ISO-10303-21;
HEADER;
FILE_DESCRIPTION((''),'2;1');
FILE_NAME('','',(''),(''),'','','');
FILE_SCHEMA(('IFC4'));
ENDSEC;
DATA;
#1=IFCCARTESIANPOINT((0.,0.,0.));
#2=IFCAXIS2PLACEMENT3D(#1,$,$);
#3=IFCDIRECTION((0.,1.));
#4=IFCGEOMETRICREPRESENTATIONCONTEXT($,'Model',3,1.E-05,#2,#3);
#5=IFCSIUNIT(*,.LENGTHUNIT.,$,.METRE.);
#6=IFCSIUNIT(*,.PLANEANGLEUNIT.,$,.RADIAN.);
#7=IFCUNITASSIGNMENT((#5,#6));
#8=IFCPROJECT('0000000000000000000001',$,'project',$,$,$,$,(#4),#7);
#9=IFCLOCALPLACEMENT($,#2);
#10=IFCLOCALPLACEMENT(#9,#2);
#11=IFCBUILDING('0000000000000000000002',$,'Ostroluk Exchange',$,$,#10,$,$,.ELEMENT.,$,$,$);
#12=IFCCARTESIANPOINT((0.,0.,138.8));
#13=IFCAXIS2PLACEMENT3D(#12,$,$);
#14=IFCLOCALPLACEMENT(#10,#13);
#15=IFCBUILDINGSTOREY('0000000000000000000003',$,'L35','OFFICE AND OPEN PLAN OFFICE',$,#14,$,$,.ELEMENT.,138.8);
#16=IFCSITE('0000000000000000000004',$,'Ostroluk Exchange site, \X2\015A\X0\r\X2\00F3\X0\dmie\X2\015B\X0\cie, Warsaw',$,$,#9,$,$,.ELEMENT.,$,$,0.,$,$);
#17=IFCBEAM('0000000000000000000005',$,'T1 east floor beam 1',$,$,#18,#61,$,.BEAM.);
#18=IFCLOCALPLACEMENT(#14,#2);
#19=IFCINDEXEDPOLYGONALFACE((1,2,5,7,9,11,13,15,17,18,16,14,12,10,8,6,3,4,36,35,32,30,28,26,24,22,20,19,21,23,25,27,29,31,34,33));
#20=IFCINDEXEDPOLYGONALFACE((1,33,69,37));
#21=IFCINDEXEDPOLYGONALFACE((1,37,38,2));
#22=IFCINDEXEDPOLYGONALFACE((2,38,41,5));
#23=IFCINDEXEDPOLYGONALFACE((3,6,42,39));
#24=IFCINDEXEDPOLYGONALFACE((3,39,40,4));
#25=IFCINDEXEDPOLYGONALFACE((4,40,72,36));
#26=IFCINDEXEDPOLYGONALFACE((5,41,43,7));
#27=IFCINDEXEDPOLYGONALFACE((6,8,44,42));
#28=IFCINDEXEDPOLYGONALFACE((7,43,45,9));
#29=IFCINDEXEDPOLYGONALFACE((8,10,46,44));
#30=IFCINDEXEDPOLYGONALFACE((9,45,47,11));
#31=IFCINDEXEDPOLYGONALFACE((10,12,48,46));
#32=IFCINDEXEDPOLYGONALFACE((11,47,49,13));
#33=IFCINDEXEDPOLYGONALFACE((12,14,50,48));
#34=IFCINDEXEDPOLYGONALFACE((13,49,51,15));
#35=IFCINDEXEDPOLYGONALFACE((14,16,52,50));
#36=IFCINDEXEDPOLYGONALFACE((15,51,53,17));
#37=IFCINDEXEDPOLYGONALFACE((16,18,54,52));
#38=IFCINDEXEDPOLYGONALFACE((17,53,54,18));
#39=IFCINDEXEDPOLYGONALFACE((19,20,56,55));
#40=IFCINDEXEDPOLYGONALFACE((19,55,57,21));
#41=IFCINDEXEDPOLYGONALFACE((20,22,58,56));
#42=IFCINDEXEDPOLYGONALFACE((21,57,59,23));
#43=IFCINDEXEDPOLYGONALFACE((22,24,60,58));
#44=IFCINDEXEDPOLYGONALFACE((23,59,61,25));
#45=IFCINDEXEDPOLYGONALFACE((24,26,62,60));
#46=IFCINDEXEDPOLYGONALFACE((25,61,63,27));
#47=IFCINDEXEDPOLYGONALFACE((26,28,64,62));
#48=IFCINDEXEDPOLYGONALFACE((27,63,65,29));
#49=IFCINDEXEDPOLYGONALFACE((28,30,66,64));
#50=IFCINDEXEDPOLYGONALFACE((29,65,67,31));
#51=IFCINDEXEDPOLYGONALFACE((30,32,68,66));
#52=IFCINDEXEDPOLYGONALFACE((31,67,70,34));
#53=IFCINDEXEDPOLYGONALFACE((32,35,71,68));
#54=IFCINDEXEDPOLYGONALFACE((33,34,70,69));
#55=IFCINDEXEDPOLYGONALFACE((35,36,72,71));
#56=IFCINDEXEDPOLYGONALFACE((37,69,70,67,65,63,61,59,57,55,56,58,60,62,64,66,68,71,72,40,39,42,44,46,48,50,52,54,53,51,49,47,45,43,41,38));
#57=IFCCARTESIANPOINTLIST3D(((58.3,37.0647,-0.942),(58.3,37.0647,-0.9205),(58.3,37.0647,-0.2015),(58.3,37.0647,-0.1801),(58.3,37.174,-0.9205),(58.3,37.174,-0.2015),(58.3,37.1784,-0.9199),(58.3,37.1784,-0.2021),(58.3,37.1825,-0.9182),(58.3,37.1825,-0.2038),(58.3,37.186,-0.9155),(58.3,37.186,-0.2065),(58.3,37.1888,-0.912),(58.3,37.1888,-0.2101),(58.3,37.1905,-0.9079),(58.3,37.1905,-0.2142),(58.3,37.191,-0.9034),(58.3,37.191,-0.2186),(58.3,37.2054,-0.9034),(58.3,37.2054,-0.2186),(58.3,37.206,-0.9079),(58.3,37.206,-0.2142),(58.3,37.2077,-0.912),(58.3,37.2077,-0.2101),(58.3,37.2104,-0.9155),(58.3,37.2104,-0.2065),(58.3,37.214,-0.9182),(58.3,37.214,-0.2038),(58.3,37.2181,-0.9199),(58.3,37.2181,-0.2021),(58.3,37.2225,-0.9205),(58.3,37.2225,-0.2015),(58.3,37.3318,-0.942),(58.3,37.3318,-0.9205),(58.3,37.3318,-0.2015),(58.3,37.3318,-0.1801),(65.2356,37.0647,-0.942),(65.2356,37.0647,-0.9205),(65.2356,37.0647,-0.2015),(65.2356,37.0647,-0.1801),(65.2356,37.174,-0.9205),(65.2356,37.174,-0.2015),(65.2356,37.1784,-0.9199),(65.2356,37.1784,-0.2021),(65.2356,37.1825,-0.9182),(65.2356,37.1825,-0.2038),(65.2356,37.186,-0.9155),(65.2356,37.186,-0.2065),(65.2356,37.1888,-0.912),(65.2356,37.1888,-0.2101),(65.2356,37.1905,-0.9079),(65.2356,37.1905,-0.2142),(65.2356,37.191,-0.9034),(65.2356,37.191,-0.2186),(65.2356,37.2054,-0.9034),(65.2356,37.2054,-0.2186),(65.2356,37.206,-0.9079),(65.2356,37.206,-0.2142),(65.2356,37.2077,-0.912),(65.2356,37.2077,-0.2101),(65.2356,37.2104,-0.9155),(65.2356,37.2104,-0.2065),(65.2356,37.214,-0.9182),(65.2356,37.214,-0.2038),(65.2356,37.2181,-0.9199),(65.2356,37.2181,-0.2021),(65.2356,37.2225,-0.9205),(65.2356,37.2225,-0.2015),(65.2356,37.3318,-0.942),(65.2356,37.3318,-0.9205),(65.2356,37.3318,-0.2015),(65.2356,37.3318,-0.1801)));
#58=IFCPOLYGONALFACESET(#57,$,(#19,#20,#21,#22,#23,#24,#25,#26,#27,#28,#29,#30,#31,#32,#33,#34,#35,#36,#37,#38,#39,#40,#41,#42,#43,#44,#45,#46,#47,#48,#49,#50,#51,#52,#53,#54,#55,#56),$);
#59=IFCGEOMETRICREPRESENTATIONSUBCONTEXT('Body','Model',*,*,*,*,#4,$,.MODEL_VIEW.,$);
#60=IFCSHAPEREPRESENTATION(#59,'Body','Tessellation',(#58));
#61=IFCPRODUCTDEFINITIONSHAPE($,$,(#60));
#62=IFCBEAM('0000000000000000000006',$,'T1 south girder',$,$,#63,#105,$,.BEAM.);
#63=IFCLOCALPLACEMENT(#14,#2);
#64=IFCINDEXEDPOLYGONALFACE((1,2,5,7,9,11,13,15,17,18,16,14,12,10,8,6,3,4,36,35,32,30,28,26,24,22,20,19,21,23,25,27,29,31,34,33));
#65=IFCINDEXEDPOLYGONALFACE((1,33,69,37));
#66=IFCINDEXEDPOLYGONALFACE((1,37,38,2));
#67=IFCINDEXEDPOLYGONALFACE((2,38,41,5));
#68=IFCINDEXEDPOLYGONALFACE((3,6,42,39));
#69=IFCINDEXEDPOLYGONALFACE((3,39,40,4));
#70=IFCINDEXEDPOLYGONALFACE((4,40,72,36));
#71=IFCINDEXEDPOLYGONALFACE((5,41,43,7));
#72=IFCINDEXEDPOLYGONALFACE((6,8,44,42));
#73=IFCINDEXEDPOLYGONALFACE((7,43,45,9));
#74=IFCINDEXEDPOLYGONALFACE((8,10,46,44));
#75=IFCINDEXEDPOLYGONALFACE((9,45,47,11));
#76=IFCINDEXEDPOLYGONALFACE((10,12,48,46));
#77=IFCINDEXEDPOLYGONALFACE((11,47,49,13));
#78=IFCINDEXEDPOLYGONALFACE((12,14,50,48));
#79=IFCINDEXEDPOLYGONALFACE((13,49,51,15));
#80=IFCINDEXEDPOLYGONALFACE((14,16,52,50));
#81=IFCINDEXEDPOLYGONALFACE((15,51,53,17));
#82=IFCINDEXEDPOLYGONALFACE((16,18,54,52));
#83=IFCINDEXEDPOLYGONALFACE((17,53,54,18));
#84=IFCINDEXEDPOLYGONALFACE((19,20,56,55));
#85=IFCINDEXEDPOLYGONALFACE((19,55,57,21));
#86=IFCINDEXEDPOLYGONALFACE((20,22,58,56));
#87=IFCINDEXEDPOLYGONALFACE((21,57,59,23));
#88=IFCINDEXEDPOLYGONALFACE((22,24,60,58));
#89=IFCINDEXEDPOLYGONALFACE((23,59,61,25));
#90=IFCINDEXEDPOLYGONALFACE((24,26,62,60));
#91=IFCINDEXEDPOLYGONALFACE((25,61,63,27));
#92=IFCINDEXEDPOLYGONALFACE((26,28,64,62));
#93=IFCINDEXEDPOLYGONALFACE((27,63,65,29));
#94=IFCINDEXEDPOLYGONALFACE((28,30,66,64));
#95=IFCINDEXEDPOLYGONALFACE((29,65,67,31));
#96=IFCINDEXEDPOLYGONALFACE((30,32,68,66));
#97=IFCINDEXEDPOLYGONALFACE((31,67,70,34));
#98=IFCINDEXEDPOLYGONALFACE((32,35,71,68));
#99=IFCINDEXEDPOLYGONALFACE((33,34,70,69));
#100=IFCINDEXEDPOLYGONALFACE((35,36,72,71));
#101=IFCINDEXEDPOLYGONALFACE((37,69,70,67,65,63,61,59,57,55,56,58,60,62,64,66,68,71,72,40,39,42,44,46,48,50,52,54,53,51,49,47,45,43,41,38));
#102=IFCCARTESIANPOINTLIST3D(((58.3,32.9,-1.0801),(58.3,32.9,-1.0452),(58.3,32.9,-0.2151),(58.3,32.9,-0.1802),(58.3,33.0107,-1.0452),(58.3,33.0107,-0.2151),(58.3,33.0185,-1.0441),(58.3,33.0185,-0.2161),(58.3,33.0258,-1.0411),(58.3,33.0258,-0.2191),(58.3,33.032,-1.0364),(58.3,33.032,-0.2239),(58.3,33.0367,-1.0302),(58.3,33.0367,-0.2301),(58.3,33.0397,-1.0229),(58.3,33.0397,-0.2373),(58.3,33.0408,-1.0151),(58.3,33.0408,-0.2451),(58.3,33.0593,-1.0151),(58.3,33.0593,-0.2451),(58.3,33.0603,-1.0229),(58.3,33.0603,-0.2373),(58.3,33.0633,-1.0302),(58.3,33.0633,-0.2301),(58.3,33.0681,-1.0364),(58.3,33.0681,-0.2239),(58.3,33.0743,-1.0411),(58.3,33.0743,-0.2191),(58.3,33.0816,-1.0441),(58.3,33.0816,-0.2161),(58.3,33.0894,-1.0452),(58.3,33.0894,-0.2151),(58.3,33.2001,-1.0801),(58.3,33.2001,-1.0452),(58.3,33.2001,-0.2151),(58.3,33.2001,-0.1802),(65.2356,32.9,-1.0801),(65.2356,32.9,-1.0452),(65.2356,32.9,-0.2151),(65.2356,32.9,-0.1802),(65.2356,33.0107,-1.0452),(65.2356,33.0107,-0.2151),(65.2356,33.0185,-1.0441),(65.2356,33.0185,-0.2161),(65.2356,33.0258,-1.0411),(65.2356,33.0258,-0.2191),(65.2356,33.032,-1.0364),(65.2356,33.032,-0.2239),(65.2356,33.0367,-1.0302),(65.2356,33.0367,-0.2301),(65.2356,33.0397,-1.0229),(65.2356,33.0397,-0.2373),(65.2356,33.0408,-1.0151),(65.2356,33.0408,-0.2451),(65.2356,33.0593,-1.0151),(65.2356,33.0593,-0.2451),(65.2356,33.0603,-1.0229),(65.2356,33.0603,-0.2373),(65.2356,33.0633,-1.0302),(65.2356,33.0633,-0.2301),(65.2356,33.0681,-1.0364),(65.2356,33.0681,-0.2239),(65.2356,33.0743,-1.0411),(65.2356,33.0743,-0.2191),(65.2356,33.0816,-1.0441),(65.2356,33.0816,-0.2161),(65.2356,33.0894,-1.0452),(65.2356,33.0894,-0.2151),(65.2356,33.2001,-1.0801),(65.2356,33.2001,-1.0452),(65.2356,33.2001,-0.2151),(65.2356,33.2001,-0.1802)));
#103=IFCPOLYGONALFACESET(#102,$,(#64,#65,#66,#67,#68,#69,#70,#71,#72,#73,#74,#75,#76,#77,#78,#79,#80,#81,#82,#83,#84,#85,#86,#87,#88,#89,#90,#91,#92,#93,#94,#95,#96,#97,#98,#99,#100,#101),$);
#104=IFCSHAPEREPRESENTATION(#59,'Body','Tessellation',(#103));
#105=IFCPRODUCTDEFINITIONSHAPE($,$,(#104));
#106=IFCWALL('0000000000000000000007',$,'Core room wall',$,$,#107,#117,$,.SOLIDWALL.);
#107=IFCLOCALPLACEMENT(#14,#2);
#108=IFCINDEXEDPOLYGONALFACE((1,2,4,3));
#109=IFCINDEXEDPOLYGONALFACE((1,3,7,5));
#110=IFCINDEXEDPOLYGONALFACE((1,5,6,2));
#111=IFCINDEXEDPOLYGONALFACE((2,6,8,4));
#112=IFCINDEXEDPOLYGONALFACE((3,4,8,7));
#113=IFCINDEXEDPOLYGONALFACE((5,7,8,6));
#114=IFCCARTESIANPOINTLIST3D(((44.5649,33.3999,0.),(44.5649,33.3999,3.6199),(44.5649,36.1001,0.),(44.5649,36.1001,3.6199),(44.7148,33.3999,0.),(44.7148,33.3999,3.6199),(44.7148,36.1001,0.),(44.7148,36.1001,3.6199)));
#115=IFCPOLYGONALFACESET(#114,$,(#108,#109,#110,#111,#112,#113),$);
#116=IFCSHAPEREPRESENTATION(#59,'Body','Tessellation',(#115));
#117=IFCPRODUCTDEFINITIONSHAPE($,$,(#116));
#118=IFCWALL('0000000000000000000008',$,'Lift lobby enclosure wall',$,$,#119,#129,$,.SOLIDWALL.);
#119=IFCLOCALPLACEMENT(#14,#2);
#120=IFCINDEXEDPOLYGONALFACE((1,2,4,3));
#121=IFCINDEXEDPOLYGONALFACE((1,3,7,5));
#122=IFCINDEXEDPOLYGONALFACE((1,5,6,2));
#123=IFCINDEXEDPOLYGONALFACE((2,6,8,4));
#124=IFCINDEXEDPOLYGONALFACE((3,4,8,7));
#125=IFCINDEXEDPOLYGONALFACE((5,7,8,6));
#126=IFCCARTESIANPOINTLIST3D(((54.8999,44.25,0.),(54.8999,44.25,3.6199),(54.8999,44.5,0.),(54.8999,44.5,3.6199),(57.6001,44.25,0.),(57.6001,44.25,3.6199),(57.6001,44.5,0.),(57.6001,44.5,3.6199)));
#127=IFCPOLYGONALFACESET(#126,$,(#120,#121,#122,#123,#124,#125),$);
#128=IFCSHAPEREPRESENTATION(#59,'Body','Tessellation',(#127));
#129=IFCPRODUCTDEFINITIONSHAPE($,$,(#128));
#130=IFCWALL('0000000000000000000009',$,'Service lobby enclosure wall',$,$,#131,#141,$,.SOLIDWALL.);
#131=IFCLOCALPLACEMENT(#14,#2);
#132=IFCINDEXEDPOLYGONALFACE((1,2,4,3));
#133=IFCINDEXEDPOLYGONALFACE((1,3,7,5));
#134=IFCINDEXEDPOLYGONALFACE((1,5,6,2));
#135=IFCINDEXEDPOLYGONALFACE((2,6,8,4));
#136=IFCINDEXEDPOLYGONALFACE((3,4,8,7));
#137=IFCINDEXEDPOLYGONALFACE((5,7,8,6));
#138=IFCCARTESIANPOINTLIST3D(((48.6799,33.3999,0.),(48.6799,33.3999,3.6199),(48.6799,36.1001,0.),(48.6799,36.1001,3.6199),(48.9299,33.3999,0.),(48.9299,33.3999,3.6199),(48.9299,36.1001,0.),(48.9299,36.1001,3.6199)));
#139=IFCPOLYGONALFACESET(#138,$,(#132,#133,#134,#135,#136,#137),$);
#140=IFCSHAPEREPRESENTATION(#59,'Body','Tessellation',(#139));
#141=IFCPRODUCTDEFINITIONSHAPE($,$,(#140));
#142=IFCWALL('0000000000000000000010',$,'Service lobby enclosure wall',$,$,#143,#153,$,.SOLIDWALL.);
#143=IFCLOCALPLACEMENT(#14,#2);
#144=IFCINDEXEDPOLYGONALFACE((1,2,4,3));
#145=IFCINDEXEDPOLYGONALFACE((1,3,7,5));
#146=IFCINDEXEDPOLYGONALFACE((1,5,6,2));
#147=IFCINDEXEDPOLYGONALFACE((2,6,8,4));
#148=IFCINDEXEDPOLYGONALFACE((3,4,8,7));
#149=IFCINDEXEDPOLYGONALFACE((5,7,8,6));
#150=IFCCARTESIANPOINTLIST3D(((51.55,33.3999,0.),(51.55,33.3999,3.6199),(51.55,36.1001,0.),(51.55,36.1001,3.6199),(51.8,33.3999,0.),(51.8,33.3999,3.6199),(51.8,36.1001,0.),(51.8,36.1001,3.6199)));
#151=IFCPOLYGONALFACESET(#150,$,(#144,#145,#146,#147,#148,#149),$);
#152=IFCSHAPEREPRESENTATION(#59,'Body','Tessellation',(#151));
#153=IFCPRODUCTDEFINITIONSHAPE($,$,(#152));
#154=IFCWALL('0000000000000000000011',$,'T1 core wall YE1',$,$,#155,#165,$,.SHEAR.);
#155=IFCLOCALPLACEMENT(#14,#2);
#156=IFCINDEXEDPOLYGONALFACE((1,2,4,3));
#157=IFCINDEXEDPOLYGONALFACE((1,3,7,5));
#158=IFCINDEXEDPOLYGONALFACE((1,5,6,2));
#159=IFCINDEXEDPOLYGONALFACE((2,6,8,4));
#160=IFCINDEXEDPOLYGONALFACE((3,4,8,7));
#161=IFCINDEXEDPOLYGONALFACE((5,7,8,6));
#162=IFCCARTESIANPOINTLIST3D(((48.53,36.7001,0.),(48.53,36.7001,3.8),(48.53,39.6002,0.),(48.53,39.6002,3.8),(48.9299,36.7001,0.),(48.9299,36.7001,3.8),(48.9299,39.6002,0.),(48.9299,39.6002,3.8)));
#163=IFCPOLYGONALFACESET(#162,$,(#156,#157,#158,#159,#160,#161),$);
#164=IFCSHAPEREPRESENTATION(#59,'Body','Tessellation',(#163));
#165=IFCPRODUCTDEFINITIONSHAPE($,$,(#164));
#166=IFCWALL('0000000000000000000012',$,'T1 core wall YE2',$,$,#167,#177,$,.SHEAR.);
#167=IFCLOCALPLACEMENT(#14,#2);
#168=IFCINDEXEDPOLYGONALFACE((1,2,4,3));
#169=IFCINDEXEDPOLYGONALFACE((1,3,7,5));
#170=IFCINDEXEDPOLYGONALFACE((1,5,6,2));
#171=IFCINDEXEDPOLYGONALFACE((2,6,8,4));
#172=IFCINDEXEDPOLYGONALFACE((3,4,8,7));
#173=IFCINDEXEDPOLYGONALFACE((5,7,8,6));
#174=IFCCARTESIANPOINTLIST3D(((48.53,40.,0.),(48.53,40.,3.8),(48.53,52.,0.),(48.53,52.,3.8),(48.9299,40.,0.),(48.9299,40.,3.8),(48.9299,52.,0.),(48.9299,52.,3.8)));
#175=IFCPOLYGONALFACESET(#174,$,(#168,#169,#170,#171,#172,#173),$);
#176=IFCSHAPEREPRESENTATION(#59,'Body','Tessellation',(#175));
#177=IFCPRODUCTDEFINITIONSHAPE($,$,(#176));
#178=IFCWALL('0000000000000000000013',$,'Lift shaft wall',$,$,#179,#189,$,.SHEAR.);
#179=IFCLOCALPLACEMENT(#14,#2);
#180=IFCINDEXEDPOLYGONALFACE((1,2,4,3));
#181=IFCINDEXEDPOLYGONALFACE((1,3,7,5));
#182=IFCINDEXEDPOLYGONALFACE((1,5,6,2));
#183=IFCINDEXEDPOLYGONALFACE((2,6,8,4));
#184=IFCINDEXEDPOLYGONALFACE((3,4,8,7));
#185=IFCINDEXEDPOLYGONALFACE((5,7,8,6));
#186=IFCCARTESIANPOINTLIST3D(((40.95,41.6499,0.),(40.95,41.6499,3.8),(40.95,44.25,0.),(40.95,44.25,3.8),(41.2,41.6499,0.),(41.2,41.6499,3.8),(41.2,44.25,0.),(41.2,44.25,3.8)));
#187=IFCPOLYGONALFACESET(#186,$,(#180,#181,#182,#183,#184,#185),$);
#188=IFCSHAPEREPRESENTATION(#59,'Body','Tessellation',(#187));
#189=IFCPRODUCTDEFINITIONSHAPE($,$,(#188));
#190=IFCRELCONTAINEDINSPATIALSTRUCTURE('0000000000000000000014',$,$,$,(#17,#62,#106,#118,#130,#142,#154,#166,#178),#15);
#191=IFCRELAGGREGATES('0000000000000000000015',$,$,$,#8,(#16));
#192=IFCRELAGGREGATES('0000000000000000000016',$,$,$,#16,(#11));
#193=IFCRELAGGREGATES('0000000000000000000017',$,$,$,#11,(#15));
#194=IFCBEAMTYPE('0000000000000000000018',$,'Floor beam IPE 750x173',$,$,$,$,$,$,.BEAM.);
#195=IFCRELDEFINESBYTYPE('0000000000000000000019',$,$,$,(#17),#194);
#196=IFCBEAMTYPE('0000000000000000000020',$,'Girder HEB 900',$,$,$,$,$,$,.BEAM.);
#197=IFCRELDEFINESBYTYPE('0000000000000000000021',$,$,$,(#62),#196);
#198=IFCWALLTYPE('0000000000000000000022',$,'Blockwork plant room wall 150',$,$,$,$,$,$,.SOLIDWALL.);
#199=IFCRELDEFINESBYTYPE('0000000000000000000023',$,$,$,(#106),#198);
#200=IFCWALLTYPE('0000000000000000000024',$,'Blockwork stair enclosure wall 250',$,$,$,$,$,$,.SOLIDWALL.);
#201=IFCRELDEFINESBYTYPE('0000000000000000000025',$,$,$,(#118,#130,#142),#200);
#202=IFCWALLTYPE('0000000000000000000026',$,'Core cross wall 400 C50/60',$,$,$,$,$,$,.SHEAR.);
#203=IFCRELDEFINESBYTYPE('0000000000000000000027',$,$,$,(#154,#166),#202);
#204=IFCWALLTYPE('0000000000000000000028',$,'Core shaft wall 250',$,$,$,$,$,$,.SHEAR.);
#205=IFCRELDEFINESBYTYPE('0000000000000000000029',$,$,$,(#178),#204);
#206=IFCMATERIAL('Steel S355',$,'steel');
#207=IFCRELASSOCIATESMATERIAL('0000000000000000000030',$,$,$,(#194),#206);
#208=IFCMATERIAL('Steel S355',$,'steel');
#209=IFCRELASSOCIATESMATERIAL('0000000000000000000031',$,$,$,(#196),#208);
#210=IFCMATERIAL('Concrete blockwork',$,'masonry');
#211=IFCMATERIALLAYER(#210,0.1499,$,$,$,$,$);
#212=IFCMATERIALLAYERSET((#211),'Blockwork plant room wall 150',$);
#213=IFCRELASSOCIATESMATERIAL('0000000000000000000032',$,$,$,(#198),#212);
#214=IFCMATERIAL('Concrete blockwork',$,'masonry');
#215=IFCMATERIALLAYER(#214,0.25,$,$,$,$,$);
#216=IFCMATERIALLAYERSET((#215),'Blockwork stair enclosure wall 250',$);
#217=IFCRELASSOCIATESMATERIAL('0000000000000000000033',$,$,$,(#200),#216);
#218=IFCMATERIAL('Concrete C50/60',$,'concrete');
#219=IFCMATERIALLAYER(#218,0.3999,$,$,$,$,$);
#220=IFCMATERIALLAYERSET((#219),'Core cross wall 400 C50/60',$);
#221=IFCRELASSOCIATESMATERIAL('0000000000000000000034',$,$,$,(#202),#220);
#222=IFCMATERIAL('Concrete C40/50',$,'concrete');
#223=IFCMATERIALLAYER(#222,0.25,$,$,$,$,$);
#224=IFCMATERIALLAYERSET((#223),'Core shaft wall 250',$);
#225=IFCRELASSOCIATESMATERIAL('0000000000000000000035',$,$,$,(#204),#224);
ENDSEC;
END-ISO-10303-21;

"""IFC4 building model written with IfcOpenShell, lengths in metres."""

from ifc_helpers import new_model, si_unit, direction, frame, frame_2d, origin, origin_2d, place, context, subcontext, project, spatial, rectangle, i_section, extrude, material, layer, layer_set, material_profile, profile_set, type_object, element, save


model = new_model("IFC4")

# Units and contexts
model_context = context("Model", 3, precision=1e-05, world=origin(), true_north=direction((0.0, 1.0)))
body_context = subcontext(model_context, "Body", "Model", "MODEL_VIEW")
ifc_project = project(units=[si_unit("LENGTHUNIT", "METRE"), si_unit("PLANEANGLEUNIT", "RADIAN")], contexts=[model_context])

# Site, building, storey
site_placement = place(None, origin())
site = spatial("IfcSite", under=ifc_project, at=site_placement, Name="Ostroluk Exchange site, Śródmieście, Warsaw", CompositionType="ELEMENT", RefElevation=0.0)
building_placement = place(site_placement, origin())
building = spatial("IfcBuilding", under=site, at=building_placement, Name="Ostroluk Exchange", CompositionType="ELEMENT")
storey_placement = place(building_placement, frame((0.0, 0.0, 138.8)))
storey = spatial("IfcBuildingStorey", under=building, at=storey_placement, Name="L35", Description="OFFICE AND OPEN PLAN OFFICE", CompositionType="ELEMENT", Elevation=138.8)

# Beams
ifc_material_1 = material(Name="Steel S355", Category="steel")
ifc_material_profile_1 = material_profile(ifc_material_1, i_section(OverallWidth=0.2671, OverallDepth=0.762, WebThickness=0.0144, FlangeThickness=0.0215, FilletRadius=0.0171, at=origin_2d()), Name="IPE 750x173")
ifc_profile_set_1 = profile_set([ifc_material_profile_1], Name="Steel S355")
beam_type_1 = type_object("IfcBeamType", Name="Floor beam IPE 750x173", PredefinedType="BEAM", material=ifc_profile_set_1)
beam_1_placement = place(storey_placement, frame((58.3, 37.1982, -0.561), z_axis=(1.0, 0.0, 0.0), x_axis=(0.0, 1.0, 0.0)))
element("IfcBeam", 1, at=beam_1_placement, inside=storey, type_object=beam_type_1, Name="T1 east floor beam 1", PredefinedType="BEAM", context=body_context, shape_type="SweptSolid", body=[
    extrude(i_section(OverallWidth=0.2671, OverallDepth=0.762, WebThickness=0.0144, FlangeThickness=0.0215, FilletRadius=0.0171, at=origin_2d()), origin(), (0.0, 0.0, 1.0), 6.9355),
])
ifc_material_2 = material(Name="Steel S355", Category="steel")
ifc_material_profile_2 = material_profile(ifc_material_2, i_section(OverallWidth=0.3, OverallDepth=0.8999, WebThickness=0.0186, FlangeThickness=0.0349, FilletRadius=0.03, at=origin_2d()), Name="HEB 900")
ifc_profile_set_2 = profile_set([ifc_material_profile_2], Name="Steel S355")
beam_type_2 = type_object("IfcBeamType", Name="Girder HEB 900", PredefinedType="BEAM", material=ifc_profile_set_2)
beam_2_placement = place(storey_placement, frame((58.3, 33.05, -0.6301), z_axis=(1.0, 0.0, 0.0), x_axis=(0.0, 1.0, 0.0)))
element("IfcBeam", 2, at=beam_2_placement, inside=storey, type_object=beam_type_2, Name="T1 south girder", PredefinedType="BEAM", context=body_context, shape_type="SweptSolid", body=[
    extrude(i_section(OverallWidth=0.3, OverallDepth=0.8999, WebThickness=0.0186, FlangeThickness=0.0349, FilletRadius=0.03, at=origin_2d()), origin(), (0.0, 0.0, 1.0), 6.9355),
])

# Walls
ifc_material_3 = material(Name="Concrete blockwork", Category="masonry")
ifc_layer_1 = layer(ifc_material_3, 0.1499)
ifc_layer_set_1 = layer_set([ifc_layer_1], Name="Blockwork plant room wall 150")
wall_type_1 = type_object("IfcWallType", Name="Blockwork plant room wall 150", PredefinedType="SOLIDWALL", material=ifc_layer_set_1)
wall_1_placement = place(storey_placement, frame((44.6399, 33.3999, 0.0), z_axis=(0.0, 0.0, 1.0), x_axis=(0.0, 1.0, 0.0)))
element("IfcWall", 3, at=wall_1_placement, inside=storey, type_object=wall_type_1, Name="Core room wall", PredefinedType="SOLIDWALL", context=body_context, shape_type="SweptSolid", body=[
    extrude(rectangle(XDim=2.7002, YDim=0.1499, at=frame_2d((1.3501, 0.0))), origin(), (0.0, 0.0, 1.0), 3.6199),
])
ifc_material_4 = material(Name="Concrete blockwork", Category="masonry")
ifc_layer_2 = layer(ifc_material_4, 0.25)
ifc_layer_set_2 = layer_set([ifc_layer_2], Name="Blockwork stair enclosure wall 250")
wall_type_2 = type_object("IfcWallType", Name="Blockwork stair enclosure wall 250", PredefinedType="SOLIDWALL", material=ifc_layer_set_2)
for number, where, z_axis, x_axis, name in (
    (4, (54.8999, 44.375, 0.0), (0.0, 0.0, 1.0), (1.0, 0.0, 0.0), "Lift lobby enclosure wall"),
    (5, (48.8049, 33.3999, 0.0), (0.0, 0.0, 1.0), (0.0, 1.0, 0.0), "Service lobby enclosure wall"),
    (6, (51.675, 33.3999, 0.0), (0.0, 0.0, 1.0), (0.0, 1.0, 0.0), "Service lobby enclosure wall"),
):
    element("IfcWall", number, at=place(storey_placement, frame(where, z_axis=z_axis, x_axis=x_axis)), inside=storey, type_object=wall_type_2, Name=name, PredefinedType="SOLIDWALL", context=body_context, shape_type="SweptSolid", body=[
        extrude(rectangle(XDim=2.7002, YDim=0.25, at=frame_2d((1.3501, 0.0))), origin(), (0.0, 0.0, 1.0), 3.6199),
    ])
ifc_material_5 = material(Name="Concrete C50/60", Category="concrete")
ifc_layer_3 = layer(ifc_material_5, 0.3999)
ifc_layer_set_3 = layer_set([ifc_layer_3], Name="Core cross wall 400 C50/60")
wall_type_3 = type_object("IfcWallType", Name="Core cross wall 400 C50/60", PredefinedType="SHEAR", material=ifc_layer_set_3)
wall_2_placement = place(storey_placement, frame((48.73, 36.7, 0.0), z_axis=(0.0, 0.0, 1.0), x_axis=(0.0, 1.0, 0.0)))
element("IfcWall", 7, at=wall_2_placement, inside=storey, type_object=wall_type_3, Name="T1 core wall YE1", PredefinedType="SHEAR", context=body_context, shape_type="SweptSolid", body=[
    extrude(rectangle(XDim=2.9001, YDim=0.3999, at=frame_2d((1.4502, 0.0))), origin(), (0.0, 0.0, 1.0), 3.8),
])
wall_3_placement = place(storey_placement, frame((48.73, 40.0, 0.0), z_axis=(0.0, 0.0, 1.0), x_axis=(0.0, 1.0, 0.0)))
element("IfcWall", 8, at=wall_3_placement, inside=storey, type_object=wall_type_3, Name="T1 core wall YE2", PredefinedType="SHEAR", context=body_context, shape_type="SweptSolid", body=[
    extrude(rectangle(XDim=12.0, YDim=0.3999, at=frame_2d((6.0, 0.0))), origin(), (0.0, 0.0, 1.0), 3.8),
])

# Shared definitions
ifc_material_6 = material(Name="Concrete C40/50", Category="concrete")
ifc_layer_4 = layer(ifc_material_6, 0.25)
ifc_layer_set_4 = layer_set([ifc_layer_4], Name="Core shaft wall 250")
wall_type_4 = type_object("IfcWallType", Name="Core shaft wall 250", PredefinedType="SHEAR", material=ifc_layer_set_4)

# Wall
for number, where, z_axis, x_axis, name in (
    (9, (41.075, 44.25, 0.0), (0.0, 0.0, 1.0), (0.0, -1.0, 0.0), "Lift shaft wall"),
):
    element("IfcWall", number, at=place(storey_placement, frame(where, z_axis=z_axis, x_axis=x_axis)), inside=storey, type_object=wall_type_4, Name=name, PredefinedType="SHEAR", context=body_context, shape_type="SweptSolid", body=[
        extrude(rectangle(XDim=2.6001, YDim=0.25, at=frame_2d((1.3, 0.0))), origin(), (0.0, 0.0, 1.0), 3.8),
    ])

save(model, "model.ifc")
